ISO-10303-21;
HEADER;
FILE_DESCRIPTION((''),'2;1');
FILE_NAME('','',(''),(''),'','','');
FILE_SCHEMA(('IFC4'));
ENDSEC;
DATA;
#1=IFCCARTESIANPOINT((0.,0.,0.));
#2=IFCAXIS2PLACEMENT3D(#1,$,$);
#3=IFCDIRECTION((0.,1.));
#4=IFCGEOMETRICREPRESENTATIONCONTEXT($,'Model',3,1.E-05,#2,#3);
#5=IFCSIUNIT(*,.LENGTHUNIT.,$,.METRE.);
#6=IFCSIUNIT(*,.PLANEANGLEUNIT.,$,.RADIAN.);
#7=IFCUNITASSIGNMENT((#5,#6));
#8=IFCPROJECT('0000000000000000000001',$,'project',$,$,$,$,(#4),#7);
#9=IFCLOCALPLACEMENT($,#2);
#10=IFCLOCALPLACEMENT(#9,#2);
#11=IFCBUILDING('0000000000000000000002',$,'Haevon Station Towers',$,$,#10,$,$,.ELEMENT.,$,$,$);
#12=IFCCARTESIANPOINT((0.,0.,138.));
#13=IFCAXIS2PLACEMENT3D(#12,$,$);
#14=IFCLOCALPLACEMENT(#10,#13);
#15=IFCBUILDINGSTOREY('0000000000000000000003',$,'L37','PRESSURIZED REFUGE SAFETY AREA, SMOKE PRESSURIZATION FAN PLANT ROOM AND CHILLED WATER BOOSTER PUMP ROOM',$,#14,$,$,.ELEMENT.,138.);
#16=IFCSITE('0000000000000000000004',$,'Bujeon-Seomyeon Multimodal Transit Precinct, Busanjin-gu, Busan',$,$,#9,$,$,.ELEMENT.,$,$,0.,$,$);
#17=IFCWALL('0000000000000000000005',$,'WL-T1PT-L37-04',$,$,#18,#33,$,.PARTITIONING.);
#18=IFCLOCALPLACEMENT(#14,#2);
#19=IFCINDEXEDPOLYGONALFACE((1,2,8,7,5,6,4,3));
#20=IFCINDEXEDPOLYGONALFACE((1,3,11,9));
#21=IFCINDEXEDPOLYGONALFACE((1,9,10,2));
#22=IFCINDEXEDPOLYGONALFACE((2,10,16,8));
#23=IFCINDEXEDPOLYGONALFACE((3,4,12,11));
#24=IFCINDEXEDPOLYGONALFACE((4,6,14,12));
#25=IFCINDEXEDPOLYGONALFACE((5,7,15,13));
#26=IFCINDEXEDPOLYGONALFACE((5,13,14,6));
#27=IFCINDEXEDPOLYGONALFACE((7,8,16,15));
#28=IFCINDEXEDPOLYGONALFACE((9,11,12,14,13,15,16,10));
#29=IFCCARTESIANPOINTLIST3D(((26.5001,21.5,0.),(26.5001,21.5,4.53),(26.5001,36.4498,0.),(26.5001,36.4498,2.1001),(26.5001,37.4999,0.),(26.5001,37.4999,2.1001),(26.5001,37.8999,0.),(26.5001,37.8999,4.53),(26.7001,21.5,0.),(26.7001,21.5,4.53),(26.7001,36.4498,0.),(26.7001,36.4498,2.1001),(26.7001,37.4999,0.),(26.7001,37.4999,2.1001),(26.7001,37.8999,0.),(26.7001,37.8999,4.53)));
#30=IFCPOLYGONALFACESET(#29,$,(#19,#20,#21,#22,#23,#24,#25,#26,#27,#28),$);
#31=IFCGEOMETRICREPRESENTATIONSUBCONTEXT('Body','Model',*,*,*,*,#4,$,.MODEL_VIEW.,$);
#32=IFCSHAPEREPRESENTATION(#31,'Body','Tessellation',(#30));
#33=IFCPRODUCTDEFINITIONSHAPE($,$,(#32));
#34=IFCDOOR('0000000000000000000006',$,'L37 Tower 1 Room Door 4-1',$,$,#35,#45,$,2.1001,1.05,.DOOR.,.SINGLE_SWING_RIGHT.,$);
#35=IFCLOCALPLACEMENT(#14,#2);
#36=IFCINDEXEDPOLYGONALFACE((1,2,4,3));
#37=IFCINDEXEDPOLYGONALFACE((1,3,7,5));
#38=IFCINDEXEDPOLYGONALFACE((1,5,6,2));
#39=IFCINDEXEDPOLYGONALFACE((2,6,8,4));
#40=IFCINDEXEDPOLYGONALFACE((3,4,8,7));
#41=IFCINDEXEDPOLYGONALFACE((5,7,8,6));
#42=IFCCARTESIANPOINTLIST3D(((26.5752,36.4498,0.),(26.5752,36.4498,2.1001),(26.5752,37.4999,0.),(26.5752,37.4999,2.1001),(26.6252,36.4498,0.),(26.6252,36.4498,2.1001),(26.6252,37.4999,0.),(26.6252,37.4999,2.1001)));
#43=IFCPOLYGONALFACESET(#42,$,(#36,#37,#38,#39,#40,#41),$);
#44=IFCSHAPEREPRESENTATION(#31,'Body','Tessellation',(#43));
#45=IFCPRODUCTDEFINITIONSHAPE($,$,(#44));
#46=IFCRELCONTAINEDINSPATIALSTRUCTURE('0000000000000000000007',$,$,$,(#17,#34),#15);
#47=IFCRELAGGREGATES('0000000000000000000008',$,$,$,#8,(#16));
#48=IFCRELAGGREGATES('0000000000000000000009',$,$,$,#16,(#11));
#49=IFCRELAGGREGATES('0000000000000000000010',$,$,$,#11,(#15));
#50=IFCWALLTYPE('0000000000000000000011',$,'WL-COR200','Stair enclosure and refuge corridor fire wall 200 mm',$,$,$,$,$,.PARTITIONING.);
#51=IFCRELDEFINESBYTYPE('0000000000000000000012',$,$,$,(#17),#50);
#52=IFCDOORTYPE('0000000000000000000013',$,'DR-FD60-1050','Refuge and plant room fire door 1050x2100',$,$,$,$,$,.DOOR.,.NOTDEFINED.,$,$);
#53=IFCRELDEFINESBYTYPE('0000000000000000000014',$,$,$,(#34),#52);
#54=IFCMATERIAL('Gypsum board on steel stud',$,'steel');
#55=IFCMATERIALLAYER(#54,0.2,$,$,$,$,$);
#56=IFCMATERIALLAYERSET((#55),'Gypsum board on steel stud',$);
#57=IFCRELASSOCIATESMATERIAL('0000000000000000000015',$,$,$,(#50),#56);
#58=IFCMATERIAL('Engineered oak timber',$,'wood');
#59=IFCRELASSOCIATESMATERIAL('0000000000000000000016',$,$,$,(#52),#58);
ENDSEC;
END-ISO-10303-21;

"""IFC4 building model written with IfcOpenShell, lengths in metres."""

from ifc_helpers import new_model, si_unit, direction, frame, frame_2d, origin, place, context, subcontext, project, spatial, rectangle, extrude, material, layer, layer_set, type_object, element, fill, save


model = new_model("IFC4")

# Units and contexts
model_context = context("Model", 3, precision=1e-05, world=origin(), true_north=direction((0.0, 1.0)))
body_context = subcontext(model_context, "Body", "Model", "MODEL_VIEW")
ifc_project = project(units=[si_unit("LENGTHUNIT", "METRE"), si_unit("PLANEANGLEUNIT", "RADIAN")], contexts=[model_context])

# Site, building, storey
site_placement = place(None, origin())
site = spatial("IfcSite", under=ifc_project, at=site_placement, Name="Bujeon-Seomyeon Multimodal Transit Precinct, Busanjin-gu, Busan", CompositionType="ELEMENT", RefElevation=0.0)
building_placement = place(site_placement, origin())
building = spatial("IfcBuilding", under=site, at=building_placement, Name="Haevon Station Towers", CompositionType="ELEMENT")
storey_placement = place(building_placement, frame((0.0, 0.0, 138.0)))
storey = spatial("IfcBuildingStorey", under=building, at=storey_placement, Name="L37", Description="PRESSURIZED REFUGE SAFETY AREA, SMOKE PRESSURIZATION FAN PLANT ROOM AND CHILLED WATER BOOSTER PUMP ROOM", CompositionType="ELEMENT", Elevation=138.0)

# Wall, opening, door
ifc_material_1 = material(Name="Gypsum board on steel stud", Category="steel")
ifc_layer_1 = layer(ifc_material_1, 0.2)
ifc_layer_set_1 = layer_set([ifc_layer_1], Name="Gypsum board on steel stud")
wall_type = type_object("IfcWallType", Name="WL-COR200", Description="Stair enclosure and refuge corridor fire wall 200 mm", PredefinedType="PARTITIONING", material=ifc_layer_set_1)
wall_placement = place(storey_placement, frame((26.6001, 21.5, 0.0), z_axis=(0.0, 0.0, 1.0), x_axis=(0.0, 1.0, 0.0)))
wall = element("IfcWall", 1, at=wall_placement, inside=storey, type_object=wall_type, Name="WL-T1PT-L37-04", PredefinedType="PARTITIONING", context=body_context, shape_type="SweptSolid", body=[
    extrude(rectangle(XDim=16.3999, YDim=0.2, at=frame_2d((8.2, 0.0))), origin(), (0.0, 0.0, 1.0), 4.53),
])
opening_placement = place(wall_placement, frame((14.95, 0.0, 0.0)))
opening = element("IfcOpeningElement", 2, at=opening_placement, cuts=wall, PredefinedType="OPENING", context=body_context, shape_type="SweptSolid", body=[
    extrude(rectangle(XDim=1.05, YDim=2.1001, at=frame_2d((0.5249, 1.05))), frame((0.0, 0.1099, 0.0), z_axis=(0.0, -1.0, 0.0), x_axis=(1.0, 0.0, 0.0)), (0.0, 0.0, 1.0), 0.22),
])
ifc_material_2 = material(Name="Engineered oak timber", Category="wood")
door_type = type_object("IfcDoorType", Name="DR-FD60-1050", Description="Refuge and plant room fire door 1050x2100", OperationType="NOTDEFINED", PredefinedType="DOOR", material=ifc_material_2)
door_placement = place(opening_placement, origin())
door = element("IfcDoor", 3, at=door_placement, inside=storey, type_object=door_type, Name="L37 Tower 1 Room Door 4-1", OperationType="SINGLE_SWING_RIGHT", OverallHeight=2.1001, OverallWidth=1.05, PredefinedType="DOOR", context=body_context, shape_type="SweptSolid", body=[
    extrude(rectangle(XDim=1.05, YDim=2.1001, at=frame_2d((0.5249, 1.05))), frame((0.0, 0.0249, 0.0), z_axis=(0.0, -1.0, 0.0), x_axis=(1.0, 0.0, 0.0)), (0.0, 0.0, 1.0), 0.05),
])
fill(opening, door)

save(model, "model.ifc")
